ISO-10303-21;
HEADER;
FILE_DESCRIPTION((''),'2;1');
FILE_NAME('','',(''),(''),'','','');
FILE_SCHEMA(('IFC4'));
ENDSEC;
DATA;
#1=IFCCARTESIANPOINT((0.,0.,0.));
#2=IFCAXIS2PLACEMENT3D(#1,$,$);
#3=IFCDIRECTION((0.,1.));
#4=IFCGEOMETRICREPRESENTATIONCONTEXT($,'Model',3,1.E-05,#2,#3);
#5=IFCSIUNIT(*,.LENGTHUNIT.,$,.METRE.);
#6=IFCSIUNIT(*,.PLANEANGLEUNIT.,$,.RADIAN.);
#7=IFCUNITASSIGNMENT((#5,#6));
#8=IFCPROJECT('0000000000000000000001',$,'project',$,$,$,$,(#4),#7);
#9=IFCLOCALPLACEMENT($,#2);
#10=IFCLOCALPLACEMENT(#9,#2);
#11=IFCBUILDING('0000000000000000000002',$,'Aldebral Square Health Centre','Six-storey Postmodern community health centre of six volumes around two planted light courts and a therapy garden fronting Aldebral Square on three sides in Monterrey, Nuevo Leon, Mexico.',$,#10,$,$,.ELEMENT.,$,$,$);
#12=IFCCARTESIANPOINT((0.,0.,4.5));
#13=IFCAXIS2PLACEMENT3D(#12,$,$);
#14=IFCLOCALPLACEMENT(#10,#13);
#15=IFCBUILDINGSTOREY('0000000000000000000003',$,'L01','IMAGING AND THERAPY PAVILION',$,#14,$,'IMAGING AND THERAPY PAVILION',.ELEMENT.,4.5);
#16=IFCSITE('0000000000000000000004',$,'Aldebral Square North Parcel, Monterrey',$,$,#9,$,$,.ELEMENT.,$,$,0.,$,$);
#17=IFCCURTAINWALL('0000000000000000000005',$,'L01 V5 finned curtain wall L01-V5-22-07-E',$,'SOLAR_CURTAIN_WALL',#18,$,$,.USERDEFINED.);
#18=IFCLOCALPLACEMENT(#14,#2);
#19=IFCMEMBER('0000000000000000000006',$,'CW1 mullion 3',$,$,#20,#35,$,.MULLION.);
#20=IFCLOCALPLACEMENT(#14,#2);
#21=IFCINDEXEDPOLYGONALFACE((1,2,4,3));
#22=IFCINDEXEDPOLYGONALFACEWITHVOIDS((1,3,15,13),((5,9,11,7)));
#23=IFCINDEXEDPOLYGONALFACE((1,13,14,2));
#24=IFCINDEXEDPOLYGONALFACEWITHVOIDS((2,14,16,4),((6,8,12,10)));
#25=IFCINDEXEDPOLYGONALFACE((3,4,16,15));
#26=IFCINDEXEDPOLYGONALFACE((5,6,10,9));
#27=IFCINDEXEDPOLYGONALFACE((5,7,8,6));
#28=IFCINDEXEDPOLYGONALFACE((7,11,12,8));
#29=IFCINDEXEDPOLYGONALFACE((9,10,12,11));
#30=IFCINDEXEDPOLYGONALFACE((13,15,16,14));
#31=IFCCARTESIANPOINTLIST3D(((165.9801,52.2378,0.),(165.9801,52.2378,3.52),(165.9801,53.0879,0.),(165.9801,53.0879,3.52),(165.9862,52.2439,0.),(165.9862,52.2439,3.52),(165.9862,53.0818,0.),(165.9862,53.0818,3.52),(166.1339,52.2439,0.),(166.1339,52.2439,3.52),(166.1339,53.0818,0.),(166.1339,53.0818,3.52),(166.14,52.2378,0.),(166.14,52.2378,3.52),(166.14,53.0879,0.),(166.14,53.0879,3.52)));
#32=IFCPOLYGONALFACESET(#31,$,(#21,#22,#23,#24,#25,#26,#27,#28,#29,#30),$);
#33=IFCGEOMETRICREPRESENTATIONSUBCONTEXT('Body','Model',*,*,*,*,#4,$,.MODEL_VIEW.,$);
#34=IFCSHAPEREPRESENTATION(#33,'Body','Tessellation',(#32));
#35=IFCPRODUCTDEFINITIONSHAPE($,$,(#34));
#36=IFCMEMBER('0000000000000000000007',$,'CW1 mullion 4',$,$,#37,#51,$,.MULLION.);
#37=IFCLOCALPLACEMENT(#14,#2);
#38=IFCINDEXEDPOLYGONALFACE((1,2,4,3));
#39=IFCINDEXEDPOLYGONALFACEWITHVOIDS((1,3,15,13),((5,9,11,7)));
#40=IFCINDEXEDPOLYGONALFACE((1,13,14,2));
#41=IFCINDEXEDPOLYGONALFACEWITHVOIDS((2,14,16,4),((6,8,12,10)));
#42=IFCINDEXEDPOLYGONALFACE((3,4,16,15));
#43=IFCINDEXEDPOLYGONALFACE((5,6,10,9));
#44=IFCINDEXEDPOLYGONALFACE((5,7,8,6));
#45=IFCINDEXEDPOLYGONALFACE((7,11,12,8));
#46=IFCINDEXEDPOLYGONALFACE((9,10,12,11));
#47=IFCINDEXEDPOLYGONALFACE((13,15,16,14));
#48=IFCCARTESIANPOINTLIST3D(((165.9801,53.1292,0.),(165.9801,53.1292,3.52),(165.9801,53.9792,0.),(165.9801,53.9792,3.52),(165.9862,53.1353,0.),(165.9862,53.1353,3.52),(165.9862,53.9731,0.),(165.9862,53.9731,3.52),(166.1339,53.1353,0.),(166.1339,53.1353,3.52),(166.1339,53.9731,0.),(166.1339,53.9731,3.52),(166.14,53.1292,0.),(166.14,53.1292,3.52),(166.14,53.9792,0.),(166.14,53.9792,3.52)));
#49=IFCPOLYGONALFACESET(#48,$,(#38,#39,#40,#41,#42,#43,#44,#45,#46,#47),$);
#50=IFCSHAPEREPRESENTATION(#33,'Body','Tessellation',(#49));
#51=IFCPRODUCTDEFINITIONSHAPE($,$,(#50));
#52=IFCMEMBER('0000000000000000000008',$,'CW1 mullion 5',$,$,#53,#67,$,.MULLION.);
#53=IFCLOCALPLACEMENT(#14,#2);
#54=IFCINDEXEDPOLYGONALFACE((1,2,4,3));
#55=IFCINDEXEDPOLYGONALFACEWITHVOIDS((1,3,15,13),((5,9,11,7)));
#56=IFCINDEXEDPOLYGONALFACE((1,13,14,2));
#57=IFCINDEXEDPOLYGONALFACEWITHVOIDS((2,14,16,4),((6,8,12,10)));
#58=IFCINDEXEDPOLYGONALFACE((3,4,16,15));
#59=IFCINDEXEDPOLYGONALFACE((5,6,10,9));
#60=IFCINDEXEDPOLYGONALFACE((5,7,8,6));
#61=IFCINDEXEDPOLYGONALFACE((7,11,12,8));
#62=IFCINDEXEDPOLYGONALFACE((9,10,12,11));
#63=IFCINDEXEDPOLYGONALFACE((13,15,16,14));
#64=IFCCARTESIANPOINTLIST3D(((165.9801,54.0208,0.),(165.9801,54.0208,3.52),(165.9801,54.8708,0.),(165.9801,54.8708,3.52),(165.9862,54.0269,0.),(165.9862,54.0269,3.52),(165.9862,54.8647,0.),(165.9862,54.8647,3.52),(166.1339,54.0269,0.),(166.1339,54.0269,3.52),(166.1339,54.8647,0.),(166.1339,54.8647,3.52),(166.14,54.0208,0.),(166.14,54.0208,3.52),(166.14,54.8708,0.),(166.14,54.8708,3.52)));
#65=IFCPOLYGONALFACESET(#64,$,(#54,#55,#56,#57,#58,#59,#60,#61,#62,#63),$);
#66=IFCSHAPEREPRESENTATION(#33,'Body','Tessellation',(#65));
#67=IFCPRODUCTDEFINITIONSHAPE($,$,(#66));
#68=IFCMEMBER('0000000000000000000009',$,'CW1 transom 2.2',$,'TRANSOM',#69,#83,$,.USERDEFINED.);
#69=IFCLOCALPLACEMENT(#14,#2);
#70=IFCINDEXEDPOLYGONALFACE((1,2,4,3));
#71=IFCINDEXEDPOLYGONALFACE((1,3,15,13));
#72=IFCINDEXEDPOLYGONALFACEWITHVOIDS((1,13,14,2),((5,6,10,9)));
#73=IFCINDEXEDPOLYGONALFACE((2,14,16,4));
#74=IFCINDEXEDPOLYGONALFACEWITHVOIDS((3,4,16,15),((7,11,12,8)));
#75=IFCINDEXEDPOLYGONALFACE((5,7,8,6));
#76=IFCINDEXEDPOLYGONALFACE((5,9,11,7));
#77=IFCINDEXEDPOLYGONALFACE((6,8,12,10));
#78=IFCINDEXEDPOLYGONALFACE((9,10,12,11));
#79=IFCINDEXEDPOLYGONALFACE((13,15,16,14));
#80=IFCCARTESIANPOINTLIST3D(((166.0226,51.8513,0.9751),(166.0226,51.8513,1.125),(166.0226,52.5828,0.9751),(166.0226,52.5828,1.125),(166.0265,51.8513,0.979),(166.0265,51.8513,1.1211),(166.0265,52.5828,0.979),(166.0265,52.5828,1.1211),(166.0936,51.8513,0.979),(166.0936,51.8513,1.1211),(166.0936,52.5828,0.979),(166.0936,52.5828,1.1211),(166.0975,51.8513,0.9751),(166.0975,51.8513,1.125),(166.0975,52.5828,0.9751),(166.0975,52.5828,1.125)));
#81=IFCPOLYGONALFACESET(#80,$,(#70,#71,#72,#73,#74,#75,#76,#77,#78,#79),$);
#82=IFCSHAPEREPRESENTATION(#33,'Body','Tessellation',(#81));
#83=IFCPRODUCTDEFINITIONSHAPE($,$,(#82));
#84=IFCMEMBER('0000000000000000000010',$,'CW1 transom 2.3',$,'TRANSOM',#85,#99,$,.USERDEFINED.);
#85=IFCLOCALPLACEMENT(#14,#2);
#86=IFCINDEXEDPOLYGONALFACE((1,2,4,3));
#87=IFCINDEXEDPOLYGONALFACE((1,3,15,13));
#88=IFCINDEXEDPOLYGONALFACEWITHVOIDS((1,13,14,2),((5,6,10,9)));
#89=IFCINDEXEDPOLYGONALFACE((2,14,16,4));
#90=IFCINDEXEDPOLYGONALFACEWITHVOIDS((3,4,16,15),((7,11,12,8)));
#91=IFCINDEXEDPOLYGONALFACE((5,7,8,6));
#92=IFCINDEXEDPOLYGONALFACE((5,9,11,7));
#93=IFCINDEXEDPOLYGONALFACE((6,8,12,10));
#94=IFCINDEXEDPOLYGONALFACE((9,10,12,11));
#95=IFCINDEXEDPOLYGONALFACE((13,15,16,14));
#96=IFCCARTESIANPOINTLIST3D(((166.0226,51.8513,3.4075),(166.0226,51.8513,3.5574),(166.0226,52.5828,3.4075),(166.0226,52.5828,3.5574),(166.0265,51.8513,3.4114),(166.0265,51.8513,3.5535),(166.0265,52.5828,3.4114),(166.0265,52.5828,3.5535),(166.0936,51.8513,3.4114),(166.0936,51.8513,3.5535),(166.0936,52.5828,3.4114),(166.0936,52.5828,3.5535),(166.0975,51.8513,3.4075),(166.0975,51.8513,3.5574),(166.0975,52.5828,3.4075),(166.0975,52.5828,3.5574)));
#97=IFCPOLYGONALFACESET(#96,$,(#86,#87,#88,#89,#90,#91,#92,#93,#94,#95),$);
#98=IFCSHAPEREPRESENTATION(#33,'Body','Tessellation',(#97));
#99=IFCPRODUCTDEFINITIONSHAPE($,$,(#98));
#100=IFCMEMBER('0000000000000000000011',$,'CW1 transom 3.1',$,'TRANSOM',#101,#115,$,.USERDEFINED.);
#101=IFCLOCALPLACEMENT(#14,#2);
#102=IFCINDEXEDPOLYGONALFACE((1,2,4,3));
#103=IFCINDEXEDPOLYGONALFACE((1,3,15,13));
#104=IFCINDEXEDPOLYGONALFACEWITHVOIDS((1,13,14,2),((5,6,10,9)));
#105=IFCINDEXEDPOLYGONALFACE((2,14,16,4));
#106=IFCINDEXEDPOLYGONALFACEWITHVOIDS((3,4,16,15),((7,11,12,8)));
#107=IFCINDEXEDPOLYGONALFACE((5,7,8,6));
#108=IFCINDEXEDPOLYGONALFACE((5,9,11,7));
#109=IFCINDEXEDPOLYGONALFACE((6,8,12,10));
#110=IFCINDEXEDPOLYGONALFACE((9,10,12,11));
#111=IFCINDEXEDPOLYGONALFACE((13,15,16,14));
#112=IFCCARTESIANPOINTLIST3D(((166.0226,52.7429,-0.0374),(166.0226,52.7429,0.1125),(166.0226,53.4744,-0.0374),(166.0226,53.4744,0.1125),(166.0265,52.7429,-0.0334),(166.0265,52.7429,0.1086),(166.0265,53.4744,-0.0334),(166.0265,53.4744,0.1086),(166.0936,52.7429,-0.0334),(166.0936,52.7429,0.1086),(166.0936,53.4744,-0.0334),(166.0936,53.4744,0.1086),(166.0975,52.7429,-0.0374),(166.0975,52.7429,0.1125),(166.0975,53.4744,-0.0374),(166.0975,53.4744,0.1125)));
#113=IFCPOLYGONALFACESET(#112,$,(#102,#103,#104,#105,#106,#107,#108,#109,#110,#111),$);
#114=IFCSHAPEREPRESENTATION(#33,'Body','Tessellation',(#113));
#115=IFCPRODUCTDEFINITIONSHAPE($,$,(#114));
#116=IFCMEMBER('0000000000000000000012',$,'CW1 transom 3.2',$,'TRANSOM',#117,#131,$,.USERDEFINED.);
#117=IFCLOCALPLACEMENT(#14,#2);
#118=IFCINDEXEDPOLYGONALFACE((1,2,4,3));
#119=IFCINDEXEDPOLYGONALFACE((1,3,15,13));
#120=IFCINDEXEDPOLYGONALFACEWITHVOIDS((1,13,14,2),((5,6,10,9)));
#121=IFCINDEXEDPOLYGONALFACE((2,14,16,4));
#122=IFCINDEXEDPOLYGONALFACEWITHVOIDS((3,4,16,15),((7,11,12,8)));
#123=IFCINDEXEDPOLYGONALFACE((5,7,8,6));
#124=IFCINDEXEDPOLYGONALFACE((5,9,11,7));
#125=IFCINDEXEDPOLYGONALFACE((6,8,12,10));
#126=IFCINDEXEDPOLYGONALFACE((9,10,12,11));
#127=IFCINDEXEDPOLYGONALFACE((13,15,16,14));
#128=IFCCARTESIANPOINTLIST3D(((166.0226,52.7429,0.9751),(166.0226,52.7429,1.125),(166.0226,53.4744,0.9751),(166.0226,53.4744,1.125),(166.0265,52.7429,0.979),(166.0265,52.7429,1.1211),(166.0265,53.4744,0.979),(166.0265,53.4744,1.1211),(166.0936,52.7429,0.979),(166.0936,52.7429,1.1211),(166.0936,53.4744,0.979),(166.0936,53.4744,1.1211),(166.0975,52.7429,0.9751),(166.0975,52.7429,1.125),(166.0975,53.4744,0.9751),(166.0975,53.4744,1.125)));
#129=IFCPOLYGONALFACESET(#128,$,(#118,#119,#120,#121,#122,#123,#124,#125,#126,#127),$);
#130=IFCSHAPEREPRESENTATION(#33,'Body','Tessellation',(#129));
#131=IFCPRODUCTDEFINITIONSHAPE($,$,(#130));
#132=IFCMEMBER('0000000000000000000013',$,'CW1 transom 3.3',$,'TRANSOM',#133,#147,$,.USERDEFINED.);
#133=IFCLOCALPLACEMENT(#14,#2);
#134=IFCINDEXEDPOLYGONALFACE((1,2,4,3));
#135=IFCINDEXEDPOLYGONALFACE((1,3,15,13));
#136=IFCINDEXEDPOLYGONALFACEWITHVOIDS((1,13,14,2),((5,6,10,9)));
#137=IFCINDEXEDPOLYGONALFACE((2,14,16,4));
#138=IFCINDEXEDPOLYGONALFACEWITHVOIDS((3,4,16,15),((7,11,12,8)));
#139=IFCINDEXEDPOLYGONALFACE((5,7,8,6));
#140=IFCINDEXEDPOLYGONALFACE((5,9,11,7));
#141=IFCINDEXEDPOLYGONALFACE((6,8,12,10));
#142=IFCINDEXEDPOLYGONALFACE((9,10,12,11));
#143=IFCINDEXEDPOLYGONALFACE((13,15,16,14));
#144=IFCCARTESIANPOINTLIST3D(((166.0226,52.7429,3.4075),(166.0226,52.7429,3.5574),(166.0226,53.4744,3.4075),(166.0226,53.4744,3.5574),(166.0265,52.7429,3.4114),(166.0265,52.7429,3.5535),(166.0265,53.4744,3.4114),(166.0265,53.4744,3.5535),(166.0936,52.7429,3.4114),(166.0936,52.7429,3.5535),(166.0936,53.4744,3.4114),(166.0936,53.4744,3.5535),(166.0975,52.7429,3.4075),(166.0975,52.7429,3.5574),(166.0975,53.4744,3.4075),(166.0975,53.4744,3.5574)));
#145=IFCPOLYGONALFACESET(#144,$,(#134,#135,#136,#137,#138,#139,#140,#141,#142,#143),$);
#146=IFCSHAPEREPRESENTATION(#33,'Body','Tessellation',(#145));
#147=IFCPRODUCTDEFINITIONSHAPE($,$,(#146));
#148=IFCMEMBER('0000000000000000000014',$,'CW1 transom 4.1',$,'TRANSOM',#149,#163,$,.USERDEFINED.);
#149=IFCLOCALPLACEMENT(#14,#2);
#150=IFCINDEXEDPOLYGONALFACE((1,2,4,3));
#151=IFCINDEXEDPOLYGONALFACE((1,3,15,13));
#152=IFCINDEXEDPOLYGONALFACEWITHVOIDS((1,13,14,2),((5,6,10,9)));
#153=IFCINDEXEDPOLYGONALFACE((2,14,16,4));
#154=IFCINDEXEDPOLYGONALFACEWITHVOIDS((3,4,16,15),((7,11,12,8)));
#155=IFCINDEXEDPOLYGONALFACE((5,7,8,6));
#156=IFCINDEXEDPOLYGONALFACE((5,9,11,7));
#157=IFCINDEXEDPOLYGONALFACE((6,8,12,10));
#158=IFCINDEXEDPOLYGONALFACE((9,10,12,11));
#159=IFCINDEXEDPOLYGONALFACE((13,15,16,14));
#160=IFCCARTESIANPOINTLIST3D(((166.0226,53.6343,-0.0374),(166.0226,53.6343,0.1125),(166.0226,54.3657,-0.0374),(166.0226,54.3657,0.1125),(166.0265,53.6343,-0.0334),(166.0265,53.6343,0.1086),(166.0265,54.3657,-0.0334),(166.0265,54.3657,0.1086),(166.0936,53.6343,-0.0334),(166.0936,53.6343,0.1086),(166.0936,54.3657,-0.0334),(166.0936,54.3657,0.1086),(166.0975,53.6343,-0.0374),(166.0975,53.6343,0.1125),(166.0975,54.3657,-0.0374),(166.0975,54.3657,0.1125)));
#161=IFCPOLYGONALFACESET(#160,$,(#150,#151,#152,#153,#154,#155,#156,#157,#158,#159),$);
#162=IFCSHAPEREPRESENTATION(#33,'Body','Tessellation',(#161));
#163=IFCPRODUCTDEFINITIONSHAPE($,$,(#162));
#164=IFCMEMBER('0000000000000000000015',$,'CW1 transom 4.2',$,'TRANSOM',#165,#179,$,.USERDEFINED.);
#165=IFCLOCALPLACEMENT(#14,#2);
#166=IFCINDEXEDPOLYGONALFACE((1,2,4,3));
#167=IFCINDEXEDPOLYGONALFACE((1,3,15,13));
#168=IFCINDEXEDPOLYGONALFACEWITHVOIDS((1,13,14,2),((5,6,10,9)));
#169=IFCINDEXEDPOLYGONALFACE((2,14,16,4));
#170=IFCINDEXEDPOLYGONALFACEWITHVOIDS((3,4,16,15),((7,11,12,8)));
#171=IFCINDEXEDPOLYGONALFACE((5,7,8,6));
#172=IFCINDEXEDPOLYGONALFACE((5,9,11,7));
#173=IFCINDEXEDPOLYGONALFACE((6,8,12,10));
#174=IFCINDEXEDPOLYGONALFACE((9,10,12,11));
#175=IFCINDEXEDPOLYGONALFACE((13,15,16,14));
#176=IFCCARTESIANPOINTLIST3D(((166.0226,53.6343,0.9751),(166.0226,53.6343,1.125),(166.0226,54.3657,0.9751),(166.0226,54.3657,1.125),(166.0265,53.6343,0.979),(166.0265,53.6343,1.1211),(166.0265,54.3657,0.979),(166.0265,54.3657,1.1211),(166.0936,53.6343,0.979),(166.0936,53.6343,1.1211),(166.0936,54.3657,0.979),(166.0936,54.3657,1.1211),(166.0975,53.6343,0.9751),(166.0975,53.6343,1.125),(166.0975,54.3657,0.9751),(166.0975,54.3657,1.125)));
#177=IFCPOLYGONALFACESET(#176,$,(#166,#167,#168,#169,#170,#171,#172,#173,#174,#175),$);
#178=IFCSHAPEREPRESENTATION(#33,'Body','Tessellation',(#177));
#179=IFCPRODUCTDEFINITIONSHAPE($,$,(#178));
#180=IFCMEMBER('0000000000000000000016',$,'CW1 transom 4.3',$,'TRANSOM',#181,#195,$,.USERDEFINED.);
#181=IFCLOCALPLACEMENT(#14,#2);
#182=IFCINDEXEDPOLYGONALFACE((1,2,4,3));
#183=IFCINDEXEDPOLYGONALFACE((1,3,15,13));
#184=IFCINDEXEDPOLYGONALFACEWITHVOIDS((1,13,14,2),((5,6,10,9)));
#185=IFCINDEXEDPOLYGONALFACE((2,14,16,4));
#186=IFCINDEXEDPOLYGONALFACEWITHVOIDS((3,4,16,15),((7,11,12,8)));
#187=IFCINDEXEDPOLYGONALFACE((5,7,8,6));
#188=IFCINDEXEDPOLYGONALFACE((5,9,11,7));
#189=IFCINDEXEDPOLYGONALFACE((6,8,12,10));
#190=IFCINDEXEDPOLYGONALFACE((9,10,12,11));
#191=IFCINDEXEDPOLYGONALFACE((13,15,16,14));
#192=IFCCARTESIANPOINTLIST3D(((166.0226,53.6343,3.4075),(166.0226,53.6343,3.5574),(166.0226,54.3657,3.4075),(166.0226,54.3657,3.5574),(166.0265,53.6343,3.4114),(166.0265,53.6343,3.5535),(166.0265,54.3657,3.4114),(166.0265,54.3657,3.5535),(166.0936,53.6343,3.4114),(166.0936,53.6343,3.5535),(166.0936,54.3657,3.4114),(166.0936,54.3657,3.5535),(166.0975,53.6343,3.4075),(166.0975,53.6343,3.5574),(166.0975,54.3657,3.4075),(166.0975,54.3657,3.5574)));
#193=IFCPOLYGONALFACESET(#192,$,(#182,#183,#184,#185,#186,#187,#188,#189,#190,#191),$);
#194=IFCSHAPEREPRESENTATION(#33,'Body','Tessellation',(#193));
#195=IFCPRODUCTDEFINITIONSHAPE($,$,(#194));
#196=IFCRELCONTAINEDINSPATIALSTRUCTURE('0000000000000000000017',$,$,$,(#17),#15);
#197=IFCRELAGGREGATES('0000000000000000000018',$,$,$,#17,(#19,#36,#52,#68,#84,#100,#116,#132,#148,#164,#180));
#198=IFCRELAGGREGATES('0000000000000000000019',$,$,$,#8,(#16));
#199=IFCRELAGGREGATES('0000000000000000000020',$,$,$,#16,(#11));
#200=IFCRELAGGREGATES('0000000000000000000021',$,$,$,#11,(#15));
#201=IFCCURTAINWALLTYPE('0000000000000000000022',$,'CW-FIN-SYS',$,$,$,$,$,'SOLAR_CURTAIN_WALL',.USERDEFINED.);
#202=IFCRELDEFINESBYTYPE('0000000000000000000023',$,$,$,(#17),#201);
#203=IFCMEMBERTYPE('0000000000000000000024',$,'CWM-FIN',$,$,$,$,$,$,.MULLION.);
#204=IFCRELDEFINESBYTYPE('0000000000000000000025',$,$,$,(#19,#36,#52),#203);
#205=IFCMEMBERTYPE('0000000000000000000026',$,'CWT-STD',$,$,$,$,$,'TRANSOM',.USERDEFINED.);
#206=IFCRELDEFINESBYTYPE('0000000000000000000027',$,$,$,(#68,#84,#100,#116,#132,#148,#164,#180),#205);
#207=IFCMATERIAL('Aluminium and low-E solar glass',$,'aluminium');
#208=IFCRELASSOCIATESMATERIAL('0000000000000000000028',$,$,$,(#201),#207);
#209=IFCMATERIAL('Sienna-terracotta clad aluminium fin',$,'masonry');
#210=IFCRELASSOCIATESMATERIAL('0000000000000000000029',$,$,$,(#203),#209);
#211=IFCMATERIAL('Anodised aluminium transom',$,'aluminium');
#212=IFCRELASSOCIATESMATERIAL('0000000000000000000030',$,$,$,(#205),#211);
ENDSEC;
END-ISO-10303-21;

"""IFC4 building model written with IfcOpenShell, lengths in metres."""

from ifc_helpers import new_model, si_unit, direction, frame, origin, origin_2d, place, context, subcontext, project, spatial, hollow_rectangle, extrude, material, material_profile, profile_set, type_object, element, aggregate, save


model = new_model("IFC4")

# Units and contexts
model_context = context("Model", 3, precision=1e-05, world=origin(), true_north=direction((0.0, 1.0)))
body_context = subcontext(model_context, "Body", "Model", "MODEL_VIEW")
ifc_project = project(units=[si_unit("LENGTHUNIT", "METRE"), si_unit("PLANEANGLEUNIT", "RADIAN")], contexts=[model_context])

# Site, building, storey
site_placement = place(None, origin())
site = spatial("IfcSite", under=ifc_project, at=site_placement, Name="Aldebral Square North Parcel, Monterrey", CompositionType="ELEMENT", RefElevation=0.0)
building_placement = place(site_placement, origin())
building = spatial("IfcBuilding", under=site, at=building_placement, Name="Aldebral Square Health Centre", Description="Six-storey Postmodern community health centre of six volumes around two planted light courts and a therapy garden fronting Aldebral Square on three sides in Monterrey, Nuevo Leon, Mexico.", CompositionType="ELEMENT")
storey_placement = place(building_placement, frame((0.0, 0.0, 4.5)))
storey = spatial("IfcBuildingStorey", under=building, at=storey_placement, Name="L01", Description="IMAGING AND THERAPY PAVILION", LongName="IMAGING AND THERAPY PAVILION", CompositionType="ELEMENT", Elevation=4.5)

# Curtain wall, members
ifc_material_1 = material(Name="Aluminium and low-E solar glass", Category="aluminium")
curtain_wall_type = type_object("IfcCurtainWallType", Name="CW-FIN-SYS", ElementType="SOLAR_CURTAIN_WALL", PredefinedType="USERDEFINED", material=ifc_material_1)
curtain_wall_placement = place(storey_placement, origin())
curtain_wall = element("IfcCurtainWall", 1, at=curtain_wall_placement, inside=storey, type_object=curtain_wall_type, Name="L01 V5 finned curtain wall L01-V5-22-07-E", ObjectType="SOLAR_CURTAIN_WALL", PredefinedType="USERDEFINED")
ifc_material_2 = material(Name="Sienna-terracotta clad aluminium fin", Category="masonry")
ifc_material_profile_1 = material_profile(ifc_material_2, hollow_rectangle(XDim=0.1599, YDim=0.8501, WallThickness=0.0061, at=origin_2d()), Name="FIN 160x850x6")
ifc_profile_set_1 = profile_set([ifc_material_profile_1], Name="Sienna-terracotta clad aluminium fin")
member_type_1 = type_object("IfcMemberType", Name="CWM-FIN", PredefinedType="MULLION", material=ifc_profile_set_1)
member_1_placement = place(storey_placement, frame((166.0601, 52.6628, 0.0), z_axis=(0.0, 0.0, 1.0), x_axis=(-1.0, 0.0, 0.0)))
member_1 = element("IfcMember", 2, at=member_1_placement, type_object=member_type_1, Name="CW1 mullion 3", PredefinedType="MULLION", context=body_context, shape_type="SweptSolid", body=[
    extrude(hollow_rectangle(XDim=0.1599, YDim=0.8501, WallThickness=0.0061, at=origin_2d()), origin(), (0.0, 0.0, 1.0), 3.52),
])
member_2_placement = place(storey_placement, frame((166.0601, 53.5542, 0.0), z_axis=(0.0, 0.0, 1.0), x_axis=(-1.0, 0.0, 0.0)))
member_2 = element("IfcMember", 3, at=member_2_placement, type_object=member_type_1, Name="CW1 mullion 4", PredefinedType="MULLION", context=body_context, shape_type="SweptSolid", body=[
    extrude(hollow_rectangle(XDim=0.1599, YDim=0.8501, WallThickness=0.0061, at=origin_2d()), origin(), (0.0, 0.0, 1.0), 3.52),
])
member_3_placement = place(storey_placement, frame((166.0601, 54.4458, 0.0), z_axis=(0.0, 0.0, 1.0), x_axis=(-1.0, 0.0, 0.0)))
member_3 = element("IfcMember", 4, at=member_3_placement, type_object=member_type_1, Name="CW1 mullion 5", PredefinedType="MULLION", context=body_context, shape_type="SweptSolid", body=[
    extrude(hollow_rectangle(XDim=0.1599, YDim=0.8501, WallThickness=0.0061, at=origin_2d()), origin(), (0.0, 0.0, 1.0), 3.52),
])
ifc_material_3 = material(Name="Anodised aluminium transom", Category="aluminium")
ifc_material_profile_2 = material_profile(ifc_material_3, hollow_rectangle(XDim=0.075, YDim=0.1499, WallThickness=0.0039, at=origin_2d()), Name="CWT 75x150x4")
ifc_profile_set_2 = profile_set([ifc_material_profile_2], Name="Anodised aluminium transom")
member_type_2 = type_object("IfcMemberType", Name="CWT-STD", ElementType="TRANSOM", PredefinedType="USERDEFINED", material=ifc_profile_set_2)
member_4_placement = place(storey_placement, frame((166.0601, 51.8513, 1.05), z_axis=(0.0, 1.0, 0.0), x_axis=(-1.0, 0.0, 0.0)))
member_4 = element("IfcMember", 5, at=member_4_placement, type_object=member_type_2, Name="CW1 transom 2.2", ObjectType="TRANSOM", PredefinedType="USERDEFINED", context=body_context, shape_type="SweptSolid", body=[
    extrude(hollow_rectangle(XDim=0.075, YDim=0.1499, WallThickness=0.0039, at=origin_2d()), origin(), (0.0, 0.0, 1.0), 0.7314),
])
member_5_placement = place(storey_placement, frame((166.0601, 51.8513, 3.4824), z_axis=(0.0, 1.0, 0.0), x_axis=(-1.0, 0.0, 0.0)))
member_5 = element("IfcMember", 6, at=member_5_placement, type_object=member_type_2, Name="CW1 transom 2.3", ObjectType="TRANSOM", PredefinedType="USERDEFINED", context=body_context, shape_type="SweptSolid", body=[
    extrude(hollow_rectangle(XDim=0.075, YDim=0.1499, WallThickness=0.0039, at=origin_2d()), origin(), (0.0, 0.0, 1.0), 0.7314),
])
member_6_placement = place(storey_placement, frame((166.0601, 52.7429, 0.0376), z_axis=(0.0, 1.0, 0.0), x_axis=(-1.0, 0.0, 0.0)))
member_6 = element("IfcMember", 7, at=member_6_placement, type_object=member_type_2, Name="CW1 transom 3.1", ObjectType="TRANSOM", PredefinedType="USERDEFINED", context=body_context, shape_type="SweptSolid", body=[
    extrude(hollow_rectangle(XDim=0.075, YDim=0.1499, WallThickness=0.0039, at=origin_2d()), origin(), (0.0, 0.0, 1.0), 0.7314),
])
member_7_placement = place(storey_placement, frame((166.0601, 52.7429, 1.05), z_axis=(0.0, 1.0, 0.0), x_axis=(-1.0, 0.0, 0.0)))
member_7 = element("IfcMember", 8, at=member_7_placement, type_object=member_type_2, Name="CW1 transom 3.2", ObjectType="TRANSOM", PredefinedType="USERDEFINED", context=body_context, shape_type="SweptSolid", body=[
    extrude(hollow_rectangle(XDim=0.075, YDim=0.1499, WallThickness=0.0039, at=origin_2d()), origin(), (0.0, 0.0, 1.0), 0.7314),
])
member_8_placement = place(storey_placement, frame((166.0601, 52.7429, 3.4824), z_axis=(0.0, 1.0, 0.0), x_axis=(-1.0, 0.0, 0.0)))
member_8 = element("IfcMember", 9, at=member_8_placement, type_object=member_type_2, Name="CW1 transom 3.3", ObjectType="TRANSOM", PredefinedType="USERDEFINED", context=body_context, shape_type="SweptSolid", body=[
    extrude(hollow_rectangle(XDim=0.075, YDim=0.1499, WallThickness=0.0039, at=origin_2d()), origin(), (0.0, 0.0, 1.0), 0.7314),
])
member_9_placement = place(storey_placement, frame((166.0601, 53.6343, 0.0376), z_axis=(0.0, 1.0, 0.0), x_axis=(-1.0, 0.0, 0.0)))
member_9 = element("IfcMember", 10, at=member_9_placement, type_object=member_type_2, Name="CW1 transom 4.1", ObjectType="TRANSOM", PredefinedType="USERDEFINED", context=body_context, shape_type="SweptSolid", body=[
    extrude(hollow_rectangle(XDim=0.075, YDim=0.1499, WallThickness=0.0039, at=origin_2d()), origin(), (0.0, 0.0, 1.0), 0.7314),
])
member_10_placement = place(storey_placement, frame((166.0601, 53.6343, 1.05), z_axis=(0.0, 1.0, 0.0), x_axis=(-1.0, 0.0, 0.0)))
member_10 = element("IfcMember", 11, at=member_10_placement, type_object=member_type_2, Name="CW1 transom 4.2", ObjectType="TRANSOM", PredefinedType="USERDEFINED", context=body_context, shape_type="SweptSolid", body=[
    extrude(hollow_rectangle(XDim=0.075, YDim=0.1499, WallThickness=0.0039, at=origin_2d()), origin(), (0.0, 0.0, 1.0), 0.7314),
])
member_11_placement = place(storey_placement, frame((166.0601, 53.6343, 3.4824), z_axis=(0.0, 1.0, 0.0), x_axis=(-1.0, 0.0, 0.0)))
member_11 = element("IfcMember", 12, at=member_11_placement, type_object=member_type_2, Name="CW1 transom 4.3", ObjectType="TRANSOM", PredefinedType="USERDEFINED", context=body_context, shape_type="SweptSolid", body=[
    extrude(hollow_rectangle(XDim=0.075, YDim=0.1499, WallThickness=0.0039, at=origin_2d()), origin(), (0.0, 0.0, 1.0), 0.7314),
])
aggregate(curtain_wall, [member_1, member_2, member_3, member_4, member_5, member_6, member_7, member_8, member_9, member_10, member_11])

save(model, "model.ifc")
